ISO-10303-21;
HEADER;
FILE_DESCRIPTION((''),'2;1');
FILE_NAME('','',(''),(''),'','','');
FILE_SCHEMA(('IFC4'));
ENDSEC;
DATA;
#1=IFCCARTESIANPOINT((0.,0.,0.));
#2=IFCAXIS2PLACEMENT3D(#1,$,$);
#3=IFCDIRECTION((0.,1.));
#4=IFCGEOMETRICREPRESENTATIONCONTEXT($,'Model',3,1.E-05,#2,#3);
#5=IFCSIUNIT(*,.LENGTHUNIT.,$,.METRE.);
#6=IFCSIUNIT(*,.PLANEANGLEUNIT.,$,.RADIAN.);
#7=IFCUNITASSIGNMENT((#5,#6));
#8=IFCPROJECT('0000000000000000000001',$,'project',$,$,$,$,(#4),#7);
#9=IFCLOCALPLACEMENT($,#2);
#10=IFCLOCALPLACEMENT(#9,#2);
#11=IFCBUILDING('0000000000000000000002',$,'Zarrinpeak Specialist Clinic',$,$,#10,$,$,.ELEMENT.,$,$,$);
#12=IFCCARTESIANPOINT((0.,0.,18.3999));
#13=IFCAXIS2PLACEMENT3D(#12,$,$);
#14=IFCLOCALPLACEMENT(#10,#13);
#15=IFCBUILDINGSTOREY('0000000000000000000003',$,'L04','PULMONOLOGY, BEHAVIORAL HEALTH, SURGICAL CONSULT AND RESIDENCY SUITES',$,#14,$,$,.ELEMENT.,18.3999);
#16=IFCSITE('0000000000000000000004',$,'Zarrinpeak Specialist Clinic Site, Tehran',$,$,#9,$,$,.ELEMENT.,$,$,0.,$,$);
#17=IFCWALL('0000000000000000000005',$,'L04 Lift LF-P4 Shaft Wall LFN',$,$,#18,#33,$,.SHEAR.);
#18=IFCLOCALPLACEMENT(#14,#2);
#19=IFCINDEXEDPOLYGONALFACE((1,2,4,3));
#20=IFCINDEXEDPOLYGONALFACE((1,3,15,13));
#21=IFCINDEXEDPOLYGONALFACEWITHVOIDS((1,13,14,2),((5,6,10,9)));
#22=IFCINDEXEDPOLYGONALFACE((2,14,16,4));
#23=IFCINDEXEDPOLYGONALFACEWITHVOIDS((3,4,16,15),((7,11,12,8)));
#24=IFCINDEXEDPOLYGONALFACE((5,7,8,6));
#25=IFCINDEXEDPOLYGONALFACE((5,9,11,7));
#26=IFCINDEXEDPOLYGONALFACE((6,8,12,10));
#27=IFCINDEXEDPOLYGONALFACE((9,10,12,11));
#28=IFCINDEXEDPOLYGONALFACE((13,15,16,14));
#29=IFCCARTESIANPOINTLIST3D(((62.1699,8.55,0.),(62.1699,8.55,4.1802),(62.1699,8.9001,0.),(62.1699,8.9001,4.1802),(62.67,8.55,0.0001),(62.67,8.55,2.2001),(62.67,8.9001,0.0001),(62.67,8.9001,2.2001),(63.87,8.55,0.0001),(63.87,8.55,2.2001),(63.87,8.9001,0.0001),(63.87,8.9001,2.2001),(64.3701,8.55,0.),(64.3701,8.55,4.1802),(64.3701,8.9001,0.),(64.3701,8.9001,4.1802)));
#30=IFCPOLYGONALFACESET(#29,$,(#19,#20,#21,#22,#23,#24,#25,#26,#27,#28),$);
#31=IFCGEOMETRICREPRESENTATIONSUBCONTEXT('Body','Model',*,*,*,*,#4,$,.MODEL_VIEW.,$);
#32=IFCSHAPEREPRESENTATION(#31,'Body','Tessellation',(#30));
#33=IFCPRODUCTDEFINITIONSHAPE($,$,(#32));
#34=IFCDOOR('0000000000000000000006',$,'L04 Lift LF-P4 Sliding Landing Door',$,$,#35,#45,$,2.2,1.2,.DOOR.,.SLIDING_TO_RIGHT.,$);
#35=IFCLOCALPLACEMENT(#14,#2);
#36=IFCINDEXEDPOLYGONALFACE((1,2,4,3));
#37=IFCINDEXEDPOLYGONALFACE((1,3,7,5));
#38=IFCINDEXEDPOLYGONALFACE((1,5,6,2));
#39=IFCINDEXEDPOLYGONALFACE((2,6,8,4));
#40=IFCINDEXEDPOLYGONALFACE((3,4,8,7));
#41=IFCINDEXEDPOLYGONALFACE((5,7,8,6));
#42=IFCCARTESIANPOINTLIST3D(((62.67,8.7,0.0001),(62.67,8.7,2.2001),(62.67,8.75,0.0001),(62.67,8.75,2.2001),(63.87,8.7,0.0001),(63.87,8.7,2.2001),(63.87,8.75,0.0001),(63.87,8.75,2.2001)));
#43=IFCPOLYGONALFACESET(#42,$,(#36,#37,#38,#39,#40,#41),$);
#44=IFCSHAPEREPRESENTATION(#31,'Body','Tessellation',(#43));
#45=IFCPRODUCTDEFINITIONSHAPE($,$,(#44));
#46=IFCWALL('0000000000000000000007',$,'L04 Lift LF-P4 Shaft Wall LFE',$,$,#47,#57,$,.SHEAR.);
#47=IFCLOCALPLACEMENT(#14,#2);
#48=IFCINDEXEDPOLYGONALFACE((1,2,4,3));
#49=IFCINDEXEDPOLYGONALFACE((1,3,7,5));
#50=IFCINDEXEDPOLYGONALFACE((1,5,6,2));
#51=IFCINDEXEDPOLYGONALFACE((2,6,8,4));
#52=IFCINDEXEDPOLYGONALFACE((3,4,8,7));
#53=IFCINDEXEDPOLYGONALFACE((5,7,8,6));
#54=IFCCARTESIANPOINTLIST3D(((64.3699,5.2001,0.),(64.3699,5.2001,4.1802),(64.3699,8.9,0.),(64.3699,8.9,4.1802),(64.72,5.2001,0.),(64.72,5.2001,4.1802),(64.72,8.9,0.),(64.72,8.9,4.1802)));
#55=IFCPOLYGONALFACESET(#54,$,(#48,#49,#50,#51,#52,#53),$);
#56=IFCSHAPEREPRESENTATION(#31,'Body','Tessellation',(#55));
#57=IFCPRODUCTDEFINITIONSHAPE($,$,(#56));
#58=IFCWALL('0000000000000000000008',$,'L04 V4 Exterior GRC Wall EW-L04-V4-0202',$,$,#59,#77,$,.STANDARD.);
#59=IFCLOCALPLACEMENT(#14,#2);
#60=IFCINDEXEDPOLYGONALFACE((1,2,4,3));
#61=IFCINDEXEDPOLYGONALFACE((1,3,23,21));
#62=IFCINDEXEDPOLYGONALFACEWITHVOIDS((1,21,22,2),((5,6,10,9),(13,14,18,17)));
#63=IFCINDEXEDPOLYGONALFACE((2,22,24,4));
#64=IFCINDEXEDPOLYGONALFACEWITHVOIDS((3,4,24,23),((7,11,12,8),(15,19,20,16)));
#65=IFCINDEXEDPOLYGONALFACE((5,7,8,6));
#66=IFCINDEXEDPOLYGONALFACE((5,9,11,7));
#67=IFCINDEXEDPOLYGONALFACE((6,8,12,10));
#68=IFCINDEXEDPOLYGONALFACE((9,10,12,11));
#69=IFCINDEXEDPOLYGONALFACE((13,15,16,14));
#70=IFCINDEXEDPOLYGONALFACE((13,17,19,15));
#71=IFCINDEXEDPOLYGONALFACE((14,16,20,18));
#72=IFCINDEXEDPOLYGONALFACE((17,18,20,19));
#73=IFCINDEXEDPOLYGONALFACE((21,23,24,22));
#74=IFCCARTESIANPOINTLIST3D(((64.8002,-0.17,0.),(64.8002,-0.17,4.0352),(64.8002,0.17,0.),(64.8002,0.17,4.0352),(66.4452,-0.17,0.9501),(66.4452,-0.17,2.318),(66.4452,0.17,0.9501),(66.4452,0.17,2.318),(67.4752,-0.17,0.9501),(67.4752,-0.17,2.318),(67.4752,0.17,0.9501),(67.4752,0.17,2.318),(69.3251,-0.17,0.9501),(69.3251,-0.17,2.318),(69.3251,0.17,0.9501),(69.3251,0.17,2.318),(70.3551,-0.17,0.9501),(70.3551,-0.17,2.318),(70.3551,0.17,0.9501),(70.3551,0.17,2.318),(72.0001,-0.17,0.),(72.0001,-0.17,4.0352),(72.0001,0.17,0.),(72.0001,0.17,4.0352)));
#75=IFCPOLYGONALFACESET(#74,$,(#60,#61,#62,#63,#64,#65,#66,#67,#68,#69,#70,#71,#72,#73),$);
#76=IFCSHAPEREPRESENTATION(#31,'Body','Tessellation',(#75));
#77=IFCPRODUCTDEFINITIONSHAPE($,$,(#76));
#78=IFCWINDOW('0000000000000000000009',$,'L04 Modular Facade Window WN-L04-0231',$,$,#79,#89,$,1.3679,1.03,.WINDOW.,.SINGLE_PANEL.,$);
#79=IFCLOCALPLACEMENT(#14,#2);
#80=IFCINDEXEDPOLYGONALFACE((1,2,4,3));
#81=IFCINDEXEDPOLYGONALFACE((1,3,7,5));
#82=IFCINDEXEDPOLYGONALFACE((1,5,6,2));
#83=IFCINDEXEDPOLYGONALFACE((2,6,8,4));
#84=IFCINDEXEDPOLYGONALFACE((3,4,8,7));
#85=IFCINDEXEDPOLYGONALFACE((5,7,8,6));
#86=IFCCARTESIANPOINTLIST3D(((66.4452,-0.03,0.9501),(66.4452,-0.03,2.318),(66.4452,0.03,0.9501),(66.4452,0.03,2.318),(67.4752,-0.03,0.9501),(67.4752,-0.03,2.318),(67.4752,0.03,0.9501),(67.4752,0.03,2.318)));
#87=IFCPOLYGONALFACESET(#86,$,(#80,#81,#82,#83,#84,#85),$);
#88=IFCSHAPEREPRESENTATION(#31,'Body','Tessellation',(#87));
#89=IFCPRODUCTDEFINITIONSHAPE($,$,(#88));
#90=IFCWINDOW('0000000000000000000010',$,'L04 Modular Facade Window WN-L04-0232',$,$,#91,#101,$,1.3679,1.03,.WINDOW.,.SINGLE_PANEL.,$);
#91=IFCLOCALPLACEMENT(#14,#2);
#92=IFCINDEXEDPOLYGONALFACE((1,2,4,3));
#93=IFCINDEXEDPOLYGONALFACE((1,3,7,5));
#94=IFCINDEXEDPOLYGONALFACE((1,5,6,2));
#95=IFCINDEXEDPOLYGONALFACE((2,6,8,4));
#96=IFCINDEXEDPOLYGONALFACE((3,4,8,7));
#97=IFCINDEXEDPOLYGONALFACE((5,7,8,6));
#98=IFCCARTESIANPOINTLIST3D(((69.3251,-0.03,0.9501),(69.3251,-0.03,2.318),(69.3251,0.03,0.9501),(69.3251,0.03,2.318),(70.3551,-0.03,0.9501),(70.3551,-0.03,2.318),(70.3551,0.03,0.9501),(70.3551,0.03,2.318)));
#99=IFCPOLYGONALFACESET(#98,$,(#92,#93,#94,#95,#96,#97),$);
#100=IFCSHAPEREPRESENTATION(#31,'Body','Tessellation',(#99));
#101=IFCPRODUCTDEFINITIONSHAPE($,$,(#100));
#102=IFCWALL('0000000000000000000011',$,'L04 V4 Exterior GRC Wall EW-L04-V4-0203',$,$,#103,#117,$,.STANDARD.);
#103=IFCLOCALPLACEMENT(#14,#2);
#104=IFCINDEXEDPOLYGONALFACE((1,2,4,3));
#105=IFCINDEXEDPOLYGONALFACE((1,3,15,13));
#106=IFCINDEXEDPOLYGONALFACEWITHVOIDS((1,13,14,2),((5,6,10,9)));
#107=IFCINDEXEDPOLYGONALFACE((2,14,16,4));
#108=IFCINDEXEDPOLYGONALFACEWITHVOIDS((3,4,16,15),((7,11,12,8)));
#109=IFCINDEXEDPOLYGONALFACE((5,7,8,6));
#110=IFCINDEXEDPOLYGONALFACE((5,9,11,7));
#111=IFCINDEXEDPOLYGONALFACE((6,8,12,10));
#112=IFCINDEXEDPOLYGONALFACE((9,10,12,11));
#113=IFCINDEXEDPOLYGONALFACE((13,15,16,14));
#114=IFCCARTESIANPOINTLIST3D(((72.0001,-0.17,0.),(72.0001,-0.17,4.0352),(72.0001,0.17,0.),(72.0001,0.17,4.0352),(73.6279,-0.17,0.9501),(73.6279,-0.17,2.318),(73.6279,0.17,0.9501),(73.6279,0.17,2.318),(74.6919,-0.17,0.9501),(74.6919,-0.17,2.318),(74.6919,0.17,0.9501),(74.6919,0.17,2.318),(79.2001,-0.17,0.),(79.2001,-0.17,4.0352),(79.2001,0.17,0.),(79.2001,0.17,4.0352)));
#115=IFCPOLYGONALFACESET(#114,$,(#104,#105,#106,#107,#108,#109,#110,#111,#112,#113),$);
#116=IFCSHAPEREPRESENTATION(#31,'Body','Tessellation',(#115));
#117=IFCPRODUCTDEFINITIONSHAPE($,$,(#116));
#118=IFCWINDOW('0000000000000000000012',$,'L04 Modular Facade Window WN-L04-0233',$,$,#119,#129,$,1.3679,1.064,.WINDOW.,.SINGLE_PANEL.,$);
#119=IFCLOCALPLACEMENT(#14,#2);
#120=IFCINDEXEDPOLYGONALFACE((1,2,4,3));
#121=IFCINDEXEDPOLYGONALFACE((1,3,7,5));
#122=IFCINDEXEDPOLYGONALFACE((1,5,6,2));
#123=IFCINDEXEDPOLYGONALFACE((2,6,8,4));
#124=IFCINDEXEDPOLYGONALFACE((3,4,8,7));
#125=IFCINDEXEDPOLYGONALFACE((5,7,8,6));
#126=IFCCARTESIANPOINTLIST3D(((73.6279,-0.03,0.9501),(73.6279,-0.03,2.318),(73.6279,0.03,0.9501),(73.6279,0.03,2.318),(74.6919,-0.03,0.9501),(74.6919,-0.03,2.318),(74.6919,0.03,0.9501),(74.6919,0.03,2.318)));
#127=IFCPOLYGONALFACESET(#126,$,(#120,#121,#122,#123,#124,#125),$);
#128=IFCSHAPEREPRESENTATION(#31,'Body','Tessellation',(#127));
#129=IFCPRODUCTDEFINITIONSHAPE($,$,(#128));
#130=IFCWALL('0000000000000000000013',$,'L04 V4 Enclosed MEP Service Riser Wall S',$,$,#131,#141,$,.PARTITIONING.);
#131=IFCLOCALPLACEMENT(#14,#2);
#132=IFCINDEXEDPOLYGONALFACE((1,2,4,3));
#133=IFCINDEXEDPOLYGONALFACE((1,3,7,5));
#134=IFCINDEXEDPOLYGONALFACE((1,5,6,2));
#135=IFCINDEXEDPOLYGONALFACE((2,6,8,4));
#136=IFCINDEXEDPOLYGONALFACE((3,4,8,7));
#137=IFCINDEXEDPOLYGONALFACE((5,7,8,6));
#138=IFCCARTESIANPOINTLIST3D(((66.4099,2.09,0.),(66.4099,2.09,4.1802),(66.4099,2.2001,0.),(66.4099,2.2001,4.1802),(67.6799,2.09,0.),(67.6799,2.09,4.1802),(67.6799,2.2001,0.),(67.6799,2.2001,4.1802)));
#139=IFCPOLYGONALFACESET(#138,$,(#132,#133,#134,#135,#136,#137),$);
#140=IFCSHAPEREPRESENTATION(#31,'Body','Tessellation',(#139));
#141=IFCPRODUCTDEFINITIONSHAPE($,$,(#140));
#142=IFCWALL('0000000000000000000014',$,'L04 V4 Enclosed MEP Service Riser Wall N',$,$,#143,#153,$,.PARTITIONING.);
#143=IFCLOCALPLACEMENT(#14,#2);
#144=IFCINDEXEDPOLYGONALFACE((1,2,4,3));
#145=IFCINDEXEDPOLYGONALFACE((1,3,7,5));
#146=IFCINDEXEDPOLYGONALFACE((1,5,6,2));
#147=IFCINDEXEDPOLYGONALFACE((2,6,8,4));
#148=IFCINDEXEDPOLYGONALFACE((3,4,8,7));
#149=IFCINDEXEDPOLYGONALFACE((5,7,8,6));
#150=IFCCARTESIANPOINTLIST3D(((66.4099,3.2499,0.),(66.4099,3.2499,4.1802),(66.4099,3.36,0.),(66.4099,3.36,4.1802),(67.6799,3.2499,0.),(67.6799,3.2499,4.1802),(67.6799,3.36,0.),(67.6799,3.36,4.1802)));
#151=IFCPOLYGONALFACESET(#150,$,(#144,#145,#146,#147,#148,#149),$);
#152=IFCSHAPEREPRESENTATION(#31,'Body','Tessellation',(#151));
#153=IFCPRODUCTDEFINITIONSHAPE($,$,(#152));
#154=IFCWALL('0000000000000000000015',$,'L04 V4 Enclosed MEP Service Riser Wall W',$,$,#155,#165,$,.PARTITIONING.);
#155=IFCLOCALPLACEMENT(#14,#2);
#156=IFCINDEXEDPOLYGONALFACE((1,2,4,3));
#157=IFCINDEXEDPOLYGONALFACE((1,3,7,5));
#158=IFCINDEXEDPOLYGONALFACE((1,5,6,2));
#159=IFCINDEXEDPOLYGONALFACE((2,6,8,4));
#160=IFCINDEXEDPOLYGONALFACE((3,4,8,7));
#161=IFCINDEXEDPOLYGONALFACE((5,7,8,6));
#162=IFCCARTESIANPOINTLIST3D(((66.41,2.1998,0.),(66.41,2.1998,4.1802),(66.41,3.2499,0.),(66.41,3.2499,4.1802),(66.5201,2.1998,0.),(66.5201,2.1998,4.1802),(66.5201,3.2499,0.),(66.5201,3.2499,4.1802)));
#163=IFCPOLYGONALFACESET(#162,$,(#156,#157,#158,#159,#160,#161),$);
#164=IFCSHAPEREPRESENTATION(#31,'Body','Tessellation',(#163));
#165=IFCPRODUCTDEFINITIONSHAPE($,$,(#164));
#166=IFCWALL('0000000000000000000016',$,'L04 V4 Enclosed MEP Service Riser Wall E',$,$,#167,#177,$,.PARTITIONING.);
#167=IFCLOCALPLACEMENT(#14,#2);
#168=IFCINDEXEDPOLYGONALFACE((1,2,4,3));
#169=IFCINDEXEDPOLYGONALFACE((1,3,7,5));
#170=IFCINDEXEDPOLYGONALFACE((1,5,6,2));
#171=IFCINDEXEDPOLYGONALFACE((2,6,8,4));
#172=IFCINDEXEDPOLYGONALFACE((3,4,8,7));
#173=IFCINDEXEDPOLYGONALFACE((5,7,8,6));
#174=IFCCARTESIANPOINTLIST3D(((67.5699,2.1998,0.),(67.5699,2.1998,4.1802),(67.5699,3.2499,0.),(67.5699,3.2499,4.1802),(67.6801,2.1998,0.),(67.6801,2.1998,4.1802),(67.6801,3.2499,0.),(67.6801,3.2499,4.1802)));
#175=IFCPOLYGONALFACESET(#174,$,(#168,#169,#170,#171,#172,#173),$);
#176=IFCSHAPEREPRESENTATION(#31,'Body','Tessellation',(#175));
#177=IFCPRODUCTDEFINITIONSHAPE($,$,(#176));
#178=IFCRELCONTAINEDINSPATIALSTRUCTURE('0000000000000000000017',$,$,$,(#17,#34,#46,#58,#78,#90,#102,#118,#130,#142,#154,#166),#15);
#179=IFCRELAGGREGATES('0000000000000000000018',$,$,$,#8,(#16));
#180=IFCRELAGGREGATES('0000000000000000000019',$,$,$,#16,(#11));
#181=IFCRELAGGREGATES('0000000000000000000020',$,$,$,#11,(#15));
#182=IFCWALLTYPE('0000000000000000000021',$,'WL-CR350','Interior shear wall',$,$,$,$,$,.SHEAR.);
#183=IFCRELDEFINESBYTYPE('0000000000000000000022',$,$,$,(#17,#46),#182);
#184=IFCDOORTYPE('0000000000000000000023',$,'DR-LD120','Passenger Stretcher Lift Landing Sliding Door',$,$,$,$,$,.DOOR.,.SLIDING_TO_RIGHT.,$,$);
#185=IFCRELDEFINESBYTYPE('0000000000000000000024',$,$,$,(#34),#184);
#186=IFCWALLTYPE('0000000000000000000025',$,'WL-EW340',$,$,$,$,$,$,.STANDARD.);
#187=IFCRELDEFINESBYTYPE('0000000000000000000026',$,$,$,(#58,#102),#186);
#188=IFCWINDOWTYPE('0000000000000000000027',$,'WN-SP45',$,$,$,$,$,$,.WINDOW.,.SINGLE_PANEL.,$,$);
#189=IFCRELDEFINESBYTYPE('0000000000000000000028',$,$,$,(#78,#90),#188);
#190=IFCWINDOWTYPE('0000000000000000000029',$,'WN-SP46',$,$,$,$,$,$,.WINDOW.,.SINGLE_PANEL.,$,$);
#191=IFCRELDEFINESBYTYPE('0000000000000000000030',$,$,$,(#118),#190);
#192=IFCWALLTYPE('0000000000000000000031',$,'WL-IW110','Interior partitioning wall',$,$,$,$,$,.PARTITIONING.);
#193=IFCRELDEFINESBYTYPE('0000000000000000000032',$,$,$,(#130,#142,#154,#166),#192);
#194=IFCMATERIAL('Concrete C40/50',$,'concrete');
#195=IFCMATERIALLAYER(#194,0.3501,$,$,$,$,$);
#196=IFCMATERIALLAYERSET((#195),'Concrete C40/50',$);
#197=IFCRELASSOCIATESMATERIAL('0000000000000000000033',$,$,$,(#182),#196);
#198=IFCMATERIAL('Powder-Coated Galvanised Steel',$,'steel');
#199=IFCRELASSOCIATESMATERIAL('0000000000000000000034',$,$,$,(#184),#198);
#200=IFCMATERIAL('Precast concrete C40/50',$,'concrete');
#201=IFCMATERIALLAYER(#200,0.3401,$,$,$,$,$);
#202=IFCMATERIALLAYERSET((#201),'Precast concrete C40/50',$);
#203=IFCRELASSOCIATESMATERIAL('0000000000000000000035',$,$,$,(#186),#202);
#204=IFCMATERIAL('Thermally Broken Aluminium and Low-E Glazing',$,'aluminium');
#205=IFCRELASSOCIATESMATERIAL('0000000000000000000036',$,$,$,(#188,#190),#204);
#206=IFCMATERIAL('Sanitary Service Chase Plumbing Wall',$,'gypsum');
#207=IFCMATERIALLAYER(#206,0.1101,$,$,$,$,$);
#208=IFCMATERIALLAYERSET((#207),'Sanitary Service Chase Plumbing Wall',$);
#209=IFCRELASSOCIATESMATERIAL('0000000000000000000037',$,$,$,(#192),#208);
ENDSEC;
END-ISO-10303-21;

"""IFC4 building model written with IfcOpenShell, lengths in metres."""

from ifc_helpers import new_model, si_unit, direction, frame, frame_2d, origin, place, context, subcontext, project, spatial, rectangle, extrude, material, layer, layer_set, type_object, element, fill, save


model = new_model("IFC4")

# Units and contexts
model_context = context("Model", 3, precision=1e-05, world=origin(), true_north=direction((0.0, 1.0)))
body_context = subcontext(model_context, "Body", "Model", "MODEL_VIEW")
ifc_project = project(units=[si_unit("LENGTHUNIT", "METRE"), si_unit("PLANEANGLEUNIT", "RADIAN")], contexts=[model_context])

# Site, building, storey
site_placement = place(None, origin())
site = spatial("IfcSite", under=ifc_project, at=site_placement, Name="Zarrinpeak Specialist Clinic Site, Tehran", CompositionType="ELEMENT", RefElevation=0.0)
building_placement = place(site_placement, origin())
building = spatial("IfcBuilding", under=site, at=building_placement, Name="Zarrinpeak Specialist Clinic", CompositionType="ELEMENT")
storey_placement = place(building_placement, frame((0.0, 0.0, 18.3999)))
storey = spatial("IfcBuildingStorey", under=building, at=storey_placement, Name="L04", Description="PULMONOLOGY, BEHAVIORAL HEALTH, SURGICAL CONSULT AND RESIDENCY SUITES", CompositionType="ELEMENT", Elevation=18.3999)

# Shared definitions
ifc_material_1 = material(Name="Concrete C40/50", Category="concrete")
ifc_layer_1 = layer(ifc_material_1, 0.3501)
ifc_layer_set_1 = layer_set([ifc_layer_1], Name="Concrete C40/50")
wall_type_1 = type_object("IfcWallType", Name="WL-CR350", Description="Interior shear wall", PredefinedType="SHEAR", material=ifc_layer_set_1)
ifc_material_2 = material(Name="Powder-Coated Galvanised Steel", Category="steel")

# Wall, opening, door
wall_1_placement = place(storey_placement, frame((62.1699, 8.7251, 0.0), z_axis=(0.0, 0.0, 1.0), x_axis=(1.0, 0.0, 0.0)))
wall_1 = element("IfcWall", 1, at=wall_1_placement, inside=storey, type_object=wall_type_1, Name="L04 Lift LF-P4 Shaft Wall LFN", PredefinedType="SHEAR", context=body_context, shape_type="SweptSolid", body=[
    extrude(rectangle(XDim=2.2002, YDim=0.3501, at=frame_2d((1.1001, 0.0))), origin(), (0.0, 0.0, 1.0), 4.1802),
])
opening_1_placement = place(wall_1_placement, frame((0.5, 0.0, 0.0)))
opening_1 = element("IfcOpeningElement", 2, at=opening_1_placement, cuts=wall_1, PredefinedType="OPENING", context=body_context, shape_type="SweptSolid", body=[
    extrude(rectangle(XDim=1.2, YDim=2.2, at=frame_2d((0.6001, 1.1001))), frame((0.0, 0.1851, 0.0), z_axis=(0.0, -1.0, 0.0), x_axis=(1.0, 0.0, 0.0)), (0.0, 0.0, 1.0), 0.3701),
])
door_type_1 = type_object("IfcDoorType", Name="DR-LD120", Description="Passenger Stretcher Lift Landing Sliding Door", OperationType="SLIDING_TO_RIGHT", PredefinedType="DOOR", material=ifc_material_2)
door_1_placement = place(opening_1_placement, origin())
door_1 = element("IfcDoor", 3, at=door_1_placement, inside=storey, type_object=door_type_1, Name="L04 Lift LF-P4 Sliding Landing Door", OperationType="SLIDING_TO_RIGHT", OverallHeight=2.2, OverallWidth=1.2, PredefinedType="DOOR", context=body_context, shape_type="SweptSolid", body=[
    extrude(rectangle(XDim=1.2, YDim=2.2, at=frame_2d((0.6001, 1.1001))), frame((0.0, 0.0249, 0.0), z_axis=(0.0, -1.0, 0.0), x_axis=(1.0, 0.0, 0.0)), (0.0, 0.0, 1.0), 0.05),
])
fill(opening_1, door_1)

# Wall
wall_2_placement = place(storey_placement, frame((64.5449, 5.2, 0.0), z_axis=(0.0, 0.0, 1.0), x_axis=(0.0, 1.0, 0.0)))
element("IfcWall", 4, at=wall_2_placement, inside=storey, type_object=wall_type_1, Name="L04 Lift LF-P4 Shaft Wall LFE", PredefinedType="SHEAR", context=body_context, shape_type="SweptSolid", body=[
    extrude(rectangle(XDim=3.7, YDim=0.3501, at=frame_2d((1.8501, 0.0))), origin(), (0.0, 0.0, 1.0), 4.1802),
])

# Wall, openings, windows
ifc_material_3 = material(Name="Precast concrete C40/50", Category="concrete")
ifc_layer_2 = layer(ifc_material_3, 0.3401)
ifc_layer_set_2 = layer_set([ifc_layer_2], Name="Precast concrete C40/50")
wall_type_2 = type_object("IfcWallType", Name="WL-EW340", PredefinedType="STANDARD", material=ifc_layer_set_2)
wall_3_placement = place(storey_placement, frame((64.8, 0.0, 0.0), z_axis=(0.0, 0.0, 1.0), x_axis=(1.0, 0.0, 0.0)))
wall_3 = element("IfcWall", 5, at=wall_3_placement, inside=storey, type_object=wall_type_2, Name="L04 V4 Exterior GRC Wall EW-L04-V4-0202", PredefinedType="STANDARD", context=body_context, shape_type="SweptSolid", body=[
    extrude(rectangle(XDim=7.2, YDim=0.3401, at=frame_2d((3.6001, 0.0))), origin(), (0.0, 0.0, 1.0), 4.0352),
])
opening_2_placement = place(wall_3_placement, frame((1.645, 0.0, 0.95)))
opening_2 = element("IfcOpeningElement", 6, at=opening_2_placement, cuts=wall_3, PredefinedType="OPENING", context=body_context, shape_type="SweptSolid", body=[
    extrude(rectangle(XDim=1.03, YDim=1.3679, at=frame_2d((0.5151, 0.6841))), frame((0.0, 0.1802, 0.0), z_axis=(0.0, -1.0, 0.0), x_axis=(1.0, 0.0, 0.0)), (0.0, 0.0, 1.0), 0.3601),
])
opening_3_placement = place(wall_3_placement, frame((4.5249, 0.0, 0.95)))
opening_3 = element("IfcOpeningElement", 7, at=opening_3_placement, cuts=wall_3, PredefinedType="OPENING", context=body_context, shape_type="SweptSolid", body=[
    extrude(rectangle(XDim=1.03, YDim=1.3679, at=frame_2d((0.5151, 0.6841))), frame((0.0, 0.1802, 0.0), z_axis=(0.0, -1.0, 0.0), x_axis=(1.0, 0.0, 0.0)), (0.0, 0.0, 1.0), 0.3601),
])
ifc_material_4 = material(Name="Thermally Broken Aluminium and Low-E Glazing", Category="aluminium")
window_type_1 = type_object("IfcWindowType", Name="WN-SP45", PartitioningType="SINGLE_PANEL", PredefinedType="WINDOW", material=ifc_material_4)
window_1_placement = place(opening_2_placement, origin())
window_1 = element("IfcWindow", 8, at=window_1_placement, inside=storey, type_object=window_type_1, Name="L04 Modular Facade Window WN-L04-0231", OverallHeight=1.3679, OverallWidth=1.03, PartitioningType="SINGLE_PANEL", PredefinedType="WINDOW", context=body_context, shape_type="SweptSolid", body=[
    extrude(rectangle(XDim=1.03, YDim=1.3679, at=frame_2d((0.5151, 0.6841))), frame((0.0, 0.03, 0.0), z_axis=(0.0, -1.0, 0.0), x_axis=(1.0, 0.0, 0.0)), (0.0, 0.0, 1.0), 0.0601),
])
fill(opening_2, window_1)
window_2_placement = place(opening_3_placement, origin())
window_2 = element("IfcWindow", 9, at=window_2_placement, inside=storey, type_object=window_type_1, Name="L04 Modular Facade Window WN-L04-0232", OverallHeight=1.3679, OverallWidth=1.03, PartitioningType="SINGLE_PANEL", PredefinedType="WINDOW", context=body_context, shape_type="SweptSolid", body=[
    extrude(rectangle(XDim=1.03, YDim=1.3679, at=frame_2d((0.5151, 0.6841))), frame((0.0, 0.03, 0.0), z_axis=(0.0, -1.0, 0.0), x_axis=(1.0, 0.0, 0.0)), (0.0, 0.0, 1.0), 0.0601),
])
fill(opening_3, window_2)

# Wall, opening, window
wall_4_placement = place(storey_placement, frame((72.0, 0.0, 0.0), z_axis=(0.0, 0.0, 1.0), x_axis=(1.0, 0.0, 0.0)))
wall_4 = element("IfcWall", 10, at=wall_4_placement, inside=storey, type_object=wall_type_2, Name="L04 V4 Exterior GRC Wall EW-L04-V4-0203", PredefinedType="STANDARD", context=body_context, shape_type="SweptSolid", body=[
    extrude(rectangle(XDim=7.2, YDim=0.3401, at=frame_2d((3.6001, 0.0))), origin(), (0.0, 0.0, 1.0), 4.0352),
])
opening_4_placement = place(wall_4_placement, frame((1.6279, 0.0, 0.95)))
opening_4 = element("IfcOpeningElement", 11, at=opening_4_placement, cuts=wall_4, PredefinedType="OPENING", context=body_context, shape_type="SweptSolid", body=[
    extrude(rectangle(XDim=1.064, YDim=1.3679, at=frame_2d((0.532, 0.6841))), frame((0.0, 0.1802, 0.0), z_axis=(0.0, -1.0, 0.0), x_axis=(1.0, 0.0, 0.0)), (0.0, 0.0, 1.0), 0.3601),
])
window_type_2 = type_object("IfcWindowType", Name="WN-SP46", PartitioningType="SINGLE_PANEL", PredefinedType="WINDOW", material=ifc_material_4)
window_3_placement = place(opening_4_placement, origin())
window_3 = element("IfcWindow", 12, at=window_3_placement, inside=storey, type_object=window_type_2, Name="L04 Modular Facade Window WN-L04-0233", OverallHeight=1.3679, OverallWidth=1.064, PartitioningType="SINGLE_PANEL", PredefinedType="WINDOW", context=body_context, shape_type="SweptSolid", body=[
    extrude(rectangle(XDim=1.064, YDim=1.3679, at=frame_2d((0.532, 0.6841))), frame((0.0, 0.03, 0.0), z_axis=(0.0, -1.0, 0.0), x_axis=(1.0, 0.0, 0.0)), (0.0, 0.0, 1.0), 0.0601),
])
fill(opening_4, window_3)

# Walls
ifc_material_5 = material(Name="Sanitary Service Chase Plumbing Wall", Category="gypsum")
ifc_layer_3 = layer(ifc_material_5, 0.1101)
ifc_layer_set_3 = layer_set([ifc_layer_3], Name="Sanitary Service Chase Plumbing Wall")
wall_type_3 = type_object("IfcWallType", Name="WL-IW110", Description="Interior partitioning wall", PredefinedType="PARTITIONING", material=ifc_layer_set_3)
for number, where, z_axis, x_axis, name in (
    (13, (66.4099, 2.145, 0.0), (0.0, 0.0, 1.0), (1.0, 0.0, 0.0), "L04 V4 Enclosed MEP Service Riser Wall S"),
    (14, (66.4099, 3.3049, 0.0), (0.0, 0.0, 1.0), (1.0, 0.0, 0.0), "L04 V4 Enclosed MEP Service Riser Wall N"),
):
    element("IfcWall", number, at=place(storey_placement, frame(where, z_axis=z_axis, x_axis=x_axis)), inside=storey, type_object=wall_type_3, Name=name, PredefinedType="PARTITIONING", context=body_context, shape_type="SweptSolid", body=[
        extrude(rectangle(XDim=1.27, YDim=0.1101, at=frame_2d((0.635, 0.0))), origin(), (0.0, 0.0, 1.0), 4.1802),
    ])
for number, where, z_axis, x_axis, name in (
    (15, (66.4651, 2.2, 0.0), (0.0, 0.0, 1.0), (0.0, 1.0, 0.0), "L04 V4 Enclosed MEP Service Riser Wall W"),
    (16, (67.625, 2.2, 0.0), (0.0, 0.0, 1.0), (0.0, 1.0, 0.0), "L04 V4 Enclosed MEP Service Riser Wall E"),
):
    element("IfcWall", number, at=place(storey_placement, frame(where, z_axis=z_axis, x_axis=x_axis)), inside=storey, type_object=wall_type_3, Name=name, PredefinedType="PARTITIONING", context=body_context, shape_type="SweptSolid", body=[
        extrude(rectangle(XDim=1.05, YDim=0.1101, at=frame_2d((0.5249, 0.0))), origin(), (0.0, 0.0, 1.0), 4.1802),
    ])

save(model, "model.ifc")
